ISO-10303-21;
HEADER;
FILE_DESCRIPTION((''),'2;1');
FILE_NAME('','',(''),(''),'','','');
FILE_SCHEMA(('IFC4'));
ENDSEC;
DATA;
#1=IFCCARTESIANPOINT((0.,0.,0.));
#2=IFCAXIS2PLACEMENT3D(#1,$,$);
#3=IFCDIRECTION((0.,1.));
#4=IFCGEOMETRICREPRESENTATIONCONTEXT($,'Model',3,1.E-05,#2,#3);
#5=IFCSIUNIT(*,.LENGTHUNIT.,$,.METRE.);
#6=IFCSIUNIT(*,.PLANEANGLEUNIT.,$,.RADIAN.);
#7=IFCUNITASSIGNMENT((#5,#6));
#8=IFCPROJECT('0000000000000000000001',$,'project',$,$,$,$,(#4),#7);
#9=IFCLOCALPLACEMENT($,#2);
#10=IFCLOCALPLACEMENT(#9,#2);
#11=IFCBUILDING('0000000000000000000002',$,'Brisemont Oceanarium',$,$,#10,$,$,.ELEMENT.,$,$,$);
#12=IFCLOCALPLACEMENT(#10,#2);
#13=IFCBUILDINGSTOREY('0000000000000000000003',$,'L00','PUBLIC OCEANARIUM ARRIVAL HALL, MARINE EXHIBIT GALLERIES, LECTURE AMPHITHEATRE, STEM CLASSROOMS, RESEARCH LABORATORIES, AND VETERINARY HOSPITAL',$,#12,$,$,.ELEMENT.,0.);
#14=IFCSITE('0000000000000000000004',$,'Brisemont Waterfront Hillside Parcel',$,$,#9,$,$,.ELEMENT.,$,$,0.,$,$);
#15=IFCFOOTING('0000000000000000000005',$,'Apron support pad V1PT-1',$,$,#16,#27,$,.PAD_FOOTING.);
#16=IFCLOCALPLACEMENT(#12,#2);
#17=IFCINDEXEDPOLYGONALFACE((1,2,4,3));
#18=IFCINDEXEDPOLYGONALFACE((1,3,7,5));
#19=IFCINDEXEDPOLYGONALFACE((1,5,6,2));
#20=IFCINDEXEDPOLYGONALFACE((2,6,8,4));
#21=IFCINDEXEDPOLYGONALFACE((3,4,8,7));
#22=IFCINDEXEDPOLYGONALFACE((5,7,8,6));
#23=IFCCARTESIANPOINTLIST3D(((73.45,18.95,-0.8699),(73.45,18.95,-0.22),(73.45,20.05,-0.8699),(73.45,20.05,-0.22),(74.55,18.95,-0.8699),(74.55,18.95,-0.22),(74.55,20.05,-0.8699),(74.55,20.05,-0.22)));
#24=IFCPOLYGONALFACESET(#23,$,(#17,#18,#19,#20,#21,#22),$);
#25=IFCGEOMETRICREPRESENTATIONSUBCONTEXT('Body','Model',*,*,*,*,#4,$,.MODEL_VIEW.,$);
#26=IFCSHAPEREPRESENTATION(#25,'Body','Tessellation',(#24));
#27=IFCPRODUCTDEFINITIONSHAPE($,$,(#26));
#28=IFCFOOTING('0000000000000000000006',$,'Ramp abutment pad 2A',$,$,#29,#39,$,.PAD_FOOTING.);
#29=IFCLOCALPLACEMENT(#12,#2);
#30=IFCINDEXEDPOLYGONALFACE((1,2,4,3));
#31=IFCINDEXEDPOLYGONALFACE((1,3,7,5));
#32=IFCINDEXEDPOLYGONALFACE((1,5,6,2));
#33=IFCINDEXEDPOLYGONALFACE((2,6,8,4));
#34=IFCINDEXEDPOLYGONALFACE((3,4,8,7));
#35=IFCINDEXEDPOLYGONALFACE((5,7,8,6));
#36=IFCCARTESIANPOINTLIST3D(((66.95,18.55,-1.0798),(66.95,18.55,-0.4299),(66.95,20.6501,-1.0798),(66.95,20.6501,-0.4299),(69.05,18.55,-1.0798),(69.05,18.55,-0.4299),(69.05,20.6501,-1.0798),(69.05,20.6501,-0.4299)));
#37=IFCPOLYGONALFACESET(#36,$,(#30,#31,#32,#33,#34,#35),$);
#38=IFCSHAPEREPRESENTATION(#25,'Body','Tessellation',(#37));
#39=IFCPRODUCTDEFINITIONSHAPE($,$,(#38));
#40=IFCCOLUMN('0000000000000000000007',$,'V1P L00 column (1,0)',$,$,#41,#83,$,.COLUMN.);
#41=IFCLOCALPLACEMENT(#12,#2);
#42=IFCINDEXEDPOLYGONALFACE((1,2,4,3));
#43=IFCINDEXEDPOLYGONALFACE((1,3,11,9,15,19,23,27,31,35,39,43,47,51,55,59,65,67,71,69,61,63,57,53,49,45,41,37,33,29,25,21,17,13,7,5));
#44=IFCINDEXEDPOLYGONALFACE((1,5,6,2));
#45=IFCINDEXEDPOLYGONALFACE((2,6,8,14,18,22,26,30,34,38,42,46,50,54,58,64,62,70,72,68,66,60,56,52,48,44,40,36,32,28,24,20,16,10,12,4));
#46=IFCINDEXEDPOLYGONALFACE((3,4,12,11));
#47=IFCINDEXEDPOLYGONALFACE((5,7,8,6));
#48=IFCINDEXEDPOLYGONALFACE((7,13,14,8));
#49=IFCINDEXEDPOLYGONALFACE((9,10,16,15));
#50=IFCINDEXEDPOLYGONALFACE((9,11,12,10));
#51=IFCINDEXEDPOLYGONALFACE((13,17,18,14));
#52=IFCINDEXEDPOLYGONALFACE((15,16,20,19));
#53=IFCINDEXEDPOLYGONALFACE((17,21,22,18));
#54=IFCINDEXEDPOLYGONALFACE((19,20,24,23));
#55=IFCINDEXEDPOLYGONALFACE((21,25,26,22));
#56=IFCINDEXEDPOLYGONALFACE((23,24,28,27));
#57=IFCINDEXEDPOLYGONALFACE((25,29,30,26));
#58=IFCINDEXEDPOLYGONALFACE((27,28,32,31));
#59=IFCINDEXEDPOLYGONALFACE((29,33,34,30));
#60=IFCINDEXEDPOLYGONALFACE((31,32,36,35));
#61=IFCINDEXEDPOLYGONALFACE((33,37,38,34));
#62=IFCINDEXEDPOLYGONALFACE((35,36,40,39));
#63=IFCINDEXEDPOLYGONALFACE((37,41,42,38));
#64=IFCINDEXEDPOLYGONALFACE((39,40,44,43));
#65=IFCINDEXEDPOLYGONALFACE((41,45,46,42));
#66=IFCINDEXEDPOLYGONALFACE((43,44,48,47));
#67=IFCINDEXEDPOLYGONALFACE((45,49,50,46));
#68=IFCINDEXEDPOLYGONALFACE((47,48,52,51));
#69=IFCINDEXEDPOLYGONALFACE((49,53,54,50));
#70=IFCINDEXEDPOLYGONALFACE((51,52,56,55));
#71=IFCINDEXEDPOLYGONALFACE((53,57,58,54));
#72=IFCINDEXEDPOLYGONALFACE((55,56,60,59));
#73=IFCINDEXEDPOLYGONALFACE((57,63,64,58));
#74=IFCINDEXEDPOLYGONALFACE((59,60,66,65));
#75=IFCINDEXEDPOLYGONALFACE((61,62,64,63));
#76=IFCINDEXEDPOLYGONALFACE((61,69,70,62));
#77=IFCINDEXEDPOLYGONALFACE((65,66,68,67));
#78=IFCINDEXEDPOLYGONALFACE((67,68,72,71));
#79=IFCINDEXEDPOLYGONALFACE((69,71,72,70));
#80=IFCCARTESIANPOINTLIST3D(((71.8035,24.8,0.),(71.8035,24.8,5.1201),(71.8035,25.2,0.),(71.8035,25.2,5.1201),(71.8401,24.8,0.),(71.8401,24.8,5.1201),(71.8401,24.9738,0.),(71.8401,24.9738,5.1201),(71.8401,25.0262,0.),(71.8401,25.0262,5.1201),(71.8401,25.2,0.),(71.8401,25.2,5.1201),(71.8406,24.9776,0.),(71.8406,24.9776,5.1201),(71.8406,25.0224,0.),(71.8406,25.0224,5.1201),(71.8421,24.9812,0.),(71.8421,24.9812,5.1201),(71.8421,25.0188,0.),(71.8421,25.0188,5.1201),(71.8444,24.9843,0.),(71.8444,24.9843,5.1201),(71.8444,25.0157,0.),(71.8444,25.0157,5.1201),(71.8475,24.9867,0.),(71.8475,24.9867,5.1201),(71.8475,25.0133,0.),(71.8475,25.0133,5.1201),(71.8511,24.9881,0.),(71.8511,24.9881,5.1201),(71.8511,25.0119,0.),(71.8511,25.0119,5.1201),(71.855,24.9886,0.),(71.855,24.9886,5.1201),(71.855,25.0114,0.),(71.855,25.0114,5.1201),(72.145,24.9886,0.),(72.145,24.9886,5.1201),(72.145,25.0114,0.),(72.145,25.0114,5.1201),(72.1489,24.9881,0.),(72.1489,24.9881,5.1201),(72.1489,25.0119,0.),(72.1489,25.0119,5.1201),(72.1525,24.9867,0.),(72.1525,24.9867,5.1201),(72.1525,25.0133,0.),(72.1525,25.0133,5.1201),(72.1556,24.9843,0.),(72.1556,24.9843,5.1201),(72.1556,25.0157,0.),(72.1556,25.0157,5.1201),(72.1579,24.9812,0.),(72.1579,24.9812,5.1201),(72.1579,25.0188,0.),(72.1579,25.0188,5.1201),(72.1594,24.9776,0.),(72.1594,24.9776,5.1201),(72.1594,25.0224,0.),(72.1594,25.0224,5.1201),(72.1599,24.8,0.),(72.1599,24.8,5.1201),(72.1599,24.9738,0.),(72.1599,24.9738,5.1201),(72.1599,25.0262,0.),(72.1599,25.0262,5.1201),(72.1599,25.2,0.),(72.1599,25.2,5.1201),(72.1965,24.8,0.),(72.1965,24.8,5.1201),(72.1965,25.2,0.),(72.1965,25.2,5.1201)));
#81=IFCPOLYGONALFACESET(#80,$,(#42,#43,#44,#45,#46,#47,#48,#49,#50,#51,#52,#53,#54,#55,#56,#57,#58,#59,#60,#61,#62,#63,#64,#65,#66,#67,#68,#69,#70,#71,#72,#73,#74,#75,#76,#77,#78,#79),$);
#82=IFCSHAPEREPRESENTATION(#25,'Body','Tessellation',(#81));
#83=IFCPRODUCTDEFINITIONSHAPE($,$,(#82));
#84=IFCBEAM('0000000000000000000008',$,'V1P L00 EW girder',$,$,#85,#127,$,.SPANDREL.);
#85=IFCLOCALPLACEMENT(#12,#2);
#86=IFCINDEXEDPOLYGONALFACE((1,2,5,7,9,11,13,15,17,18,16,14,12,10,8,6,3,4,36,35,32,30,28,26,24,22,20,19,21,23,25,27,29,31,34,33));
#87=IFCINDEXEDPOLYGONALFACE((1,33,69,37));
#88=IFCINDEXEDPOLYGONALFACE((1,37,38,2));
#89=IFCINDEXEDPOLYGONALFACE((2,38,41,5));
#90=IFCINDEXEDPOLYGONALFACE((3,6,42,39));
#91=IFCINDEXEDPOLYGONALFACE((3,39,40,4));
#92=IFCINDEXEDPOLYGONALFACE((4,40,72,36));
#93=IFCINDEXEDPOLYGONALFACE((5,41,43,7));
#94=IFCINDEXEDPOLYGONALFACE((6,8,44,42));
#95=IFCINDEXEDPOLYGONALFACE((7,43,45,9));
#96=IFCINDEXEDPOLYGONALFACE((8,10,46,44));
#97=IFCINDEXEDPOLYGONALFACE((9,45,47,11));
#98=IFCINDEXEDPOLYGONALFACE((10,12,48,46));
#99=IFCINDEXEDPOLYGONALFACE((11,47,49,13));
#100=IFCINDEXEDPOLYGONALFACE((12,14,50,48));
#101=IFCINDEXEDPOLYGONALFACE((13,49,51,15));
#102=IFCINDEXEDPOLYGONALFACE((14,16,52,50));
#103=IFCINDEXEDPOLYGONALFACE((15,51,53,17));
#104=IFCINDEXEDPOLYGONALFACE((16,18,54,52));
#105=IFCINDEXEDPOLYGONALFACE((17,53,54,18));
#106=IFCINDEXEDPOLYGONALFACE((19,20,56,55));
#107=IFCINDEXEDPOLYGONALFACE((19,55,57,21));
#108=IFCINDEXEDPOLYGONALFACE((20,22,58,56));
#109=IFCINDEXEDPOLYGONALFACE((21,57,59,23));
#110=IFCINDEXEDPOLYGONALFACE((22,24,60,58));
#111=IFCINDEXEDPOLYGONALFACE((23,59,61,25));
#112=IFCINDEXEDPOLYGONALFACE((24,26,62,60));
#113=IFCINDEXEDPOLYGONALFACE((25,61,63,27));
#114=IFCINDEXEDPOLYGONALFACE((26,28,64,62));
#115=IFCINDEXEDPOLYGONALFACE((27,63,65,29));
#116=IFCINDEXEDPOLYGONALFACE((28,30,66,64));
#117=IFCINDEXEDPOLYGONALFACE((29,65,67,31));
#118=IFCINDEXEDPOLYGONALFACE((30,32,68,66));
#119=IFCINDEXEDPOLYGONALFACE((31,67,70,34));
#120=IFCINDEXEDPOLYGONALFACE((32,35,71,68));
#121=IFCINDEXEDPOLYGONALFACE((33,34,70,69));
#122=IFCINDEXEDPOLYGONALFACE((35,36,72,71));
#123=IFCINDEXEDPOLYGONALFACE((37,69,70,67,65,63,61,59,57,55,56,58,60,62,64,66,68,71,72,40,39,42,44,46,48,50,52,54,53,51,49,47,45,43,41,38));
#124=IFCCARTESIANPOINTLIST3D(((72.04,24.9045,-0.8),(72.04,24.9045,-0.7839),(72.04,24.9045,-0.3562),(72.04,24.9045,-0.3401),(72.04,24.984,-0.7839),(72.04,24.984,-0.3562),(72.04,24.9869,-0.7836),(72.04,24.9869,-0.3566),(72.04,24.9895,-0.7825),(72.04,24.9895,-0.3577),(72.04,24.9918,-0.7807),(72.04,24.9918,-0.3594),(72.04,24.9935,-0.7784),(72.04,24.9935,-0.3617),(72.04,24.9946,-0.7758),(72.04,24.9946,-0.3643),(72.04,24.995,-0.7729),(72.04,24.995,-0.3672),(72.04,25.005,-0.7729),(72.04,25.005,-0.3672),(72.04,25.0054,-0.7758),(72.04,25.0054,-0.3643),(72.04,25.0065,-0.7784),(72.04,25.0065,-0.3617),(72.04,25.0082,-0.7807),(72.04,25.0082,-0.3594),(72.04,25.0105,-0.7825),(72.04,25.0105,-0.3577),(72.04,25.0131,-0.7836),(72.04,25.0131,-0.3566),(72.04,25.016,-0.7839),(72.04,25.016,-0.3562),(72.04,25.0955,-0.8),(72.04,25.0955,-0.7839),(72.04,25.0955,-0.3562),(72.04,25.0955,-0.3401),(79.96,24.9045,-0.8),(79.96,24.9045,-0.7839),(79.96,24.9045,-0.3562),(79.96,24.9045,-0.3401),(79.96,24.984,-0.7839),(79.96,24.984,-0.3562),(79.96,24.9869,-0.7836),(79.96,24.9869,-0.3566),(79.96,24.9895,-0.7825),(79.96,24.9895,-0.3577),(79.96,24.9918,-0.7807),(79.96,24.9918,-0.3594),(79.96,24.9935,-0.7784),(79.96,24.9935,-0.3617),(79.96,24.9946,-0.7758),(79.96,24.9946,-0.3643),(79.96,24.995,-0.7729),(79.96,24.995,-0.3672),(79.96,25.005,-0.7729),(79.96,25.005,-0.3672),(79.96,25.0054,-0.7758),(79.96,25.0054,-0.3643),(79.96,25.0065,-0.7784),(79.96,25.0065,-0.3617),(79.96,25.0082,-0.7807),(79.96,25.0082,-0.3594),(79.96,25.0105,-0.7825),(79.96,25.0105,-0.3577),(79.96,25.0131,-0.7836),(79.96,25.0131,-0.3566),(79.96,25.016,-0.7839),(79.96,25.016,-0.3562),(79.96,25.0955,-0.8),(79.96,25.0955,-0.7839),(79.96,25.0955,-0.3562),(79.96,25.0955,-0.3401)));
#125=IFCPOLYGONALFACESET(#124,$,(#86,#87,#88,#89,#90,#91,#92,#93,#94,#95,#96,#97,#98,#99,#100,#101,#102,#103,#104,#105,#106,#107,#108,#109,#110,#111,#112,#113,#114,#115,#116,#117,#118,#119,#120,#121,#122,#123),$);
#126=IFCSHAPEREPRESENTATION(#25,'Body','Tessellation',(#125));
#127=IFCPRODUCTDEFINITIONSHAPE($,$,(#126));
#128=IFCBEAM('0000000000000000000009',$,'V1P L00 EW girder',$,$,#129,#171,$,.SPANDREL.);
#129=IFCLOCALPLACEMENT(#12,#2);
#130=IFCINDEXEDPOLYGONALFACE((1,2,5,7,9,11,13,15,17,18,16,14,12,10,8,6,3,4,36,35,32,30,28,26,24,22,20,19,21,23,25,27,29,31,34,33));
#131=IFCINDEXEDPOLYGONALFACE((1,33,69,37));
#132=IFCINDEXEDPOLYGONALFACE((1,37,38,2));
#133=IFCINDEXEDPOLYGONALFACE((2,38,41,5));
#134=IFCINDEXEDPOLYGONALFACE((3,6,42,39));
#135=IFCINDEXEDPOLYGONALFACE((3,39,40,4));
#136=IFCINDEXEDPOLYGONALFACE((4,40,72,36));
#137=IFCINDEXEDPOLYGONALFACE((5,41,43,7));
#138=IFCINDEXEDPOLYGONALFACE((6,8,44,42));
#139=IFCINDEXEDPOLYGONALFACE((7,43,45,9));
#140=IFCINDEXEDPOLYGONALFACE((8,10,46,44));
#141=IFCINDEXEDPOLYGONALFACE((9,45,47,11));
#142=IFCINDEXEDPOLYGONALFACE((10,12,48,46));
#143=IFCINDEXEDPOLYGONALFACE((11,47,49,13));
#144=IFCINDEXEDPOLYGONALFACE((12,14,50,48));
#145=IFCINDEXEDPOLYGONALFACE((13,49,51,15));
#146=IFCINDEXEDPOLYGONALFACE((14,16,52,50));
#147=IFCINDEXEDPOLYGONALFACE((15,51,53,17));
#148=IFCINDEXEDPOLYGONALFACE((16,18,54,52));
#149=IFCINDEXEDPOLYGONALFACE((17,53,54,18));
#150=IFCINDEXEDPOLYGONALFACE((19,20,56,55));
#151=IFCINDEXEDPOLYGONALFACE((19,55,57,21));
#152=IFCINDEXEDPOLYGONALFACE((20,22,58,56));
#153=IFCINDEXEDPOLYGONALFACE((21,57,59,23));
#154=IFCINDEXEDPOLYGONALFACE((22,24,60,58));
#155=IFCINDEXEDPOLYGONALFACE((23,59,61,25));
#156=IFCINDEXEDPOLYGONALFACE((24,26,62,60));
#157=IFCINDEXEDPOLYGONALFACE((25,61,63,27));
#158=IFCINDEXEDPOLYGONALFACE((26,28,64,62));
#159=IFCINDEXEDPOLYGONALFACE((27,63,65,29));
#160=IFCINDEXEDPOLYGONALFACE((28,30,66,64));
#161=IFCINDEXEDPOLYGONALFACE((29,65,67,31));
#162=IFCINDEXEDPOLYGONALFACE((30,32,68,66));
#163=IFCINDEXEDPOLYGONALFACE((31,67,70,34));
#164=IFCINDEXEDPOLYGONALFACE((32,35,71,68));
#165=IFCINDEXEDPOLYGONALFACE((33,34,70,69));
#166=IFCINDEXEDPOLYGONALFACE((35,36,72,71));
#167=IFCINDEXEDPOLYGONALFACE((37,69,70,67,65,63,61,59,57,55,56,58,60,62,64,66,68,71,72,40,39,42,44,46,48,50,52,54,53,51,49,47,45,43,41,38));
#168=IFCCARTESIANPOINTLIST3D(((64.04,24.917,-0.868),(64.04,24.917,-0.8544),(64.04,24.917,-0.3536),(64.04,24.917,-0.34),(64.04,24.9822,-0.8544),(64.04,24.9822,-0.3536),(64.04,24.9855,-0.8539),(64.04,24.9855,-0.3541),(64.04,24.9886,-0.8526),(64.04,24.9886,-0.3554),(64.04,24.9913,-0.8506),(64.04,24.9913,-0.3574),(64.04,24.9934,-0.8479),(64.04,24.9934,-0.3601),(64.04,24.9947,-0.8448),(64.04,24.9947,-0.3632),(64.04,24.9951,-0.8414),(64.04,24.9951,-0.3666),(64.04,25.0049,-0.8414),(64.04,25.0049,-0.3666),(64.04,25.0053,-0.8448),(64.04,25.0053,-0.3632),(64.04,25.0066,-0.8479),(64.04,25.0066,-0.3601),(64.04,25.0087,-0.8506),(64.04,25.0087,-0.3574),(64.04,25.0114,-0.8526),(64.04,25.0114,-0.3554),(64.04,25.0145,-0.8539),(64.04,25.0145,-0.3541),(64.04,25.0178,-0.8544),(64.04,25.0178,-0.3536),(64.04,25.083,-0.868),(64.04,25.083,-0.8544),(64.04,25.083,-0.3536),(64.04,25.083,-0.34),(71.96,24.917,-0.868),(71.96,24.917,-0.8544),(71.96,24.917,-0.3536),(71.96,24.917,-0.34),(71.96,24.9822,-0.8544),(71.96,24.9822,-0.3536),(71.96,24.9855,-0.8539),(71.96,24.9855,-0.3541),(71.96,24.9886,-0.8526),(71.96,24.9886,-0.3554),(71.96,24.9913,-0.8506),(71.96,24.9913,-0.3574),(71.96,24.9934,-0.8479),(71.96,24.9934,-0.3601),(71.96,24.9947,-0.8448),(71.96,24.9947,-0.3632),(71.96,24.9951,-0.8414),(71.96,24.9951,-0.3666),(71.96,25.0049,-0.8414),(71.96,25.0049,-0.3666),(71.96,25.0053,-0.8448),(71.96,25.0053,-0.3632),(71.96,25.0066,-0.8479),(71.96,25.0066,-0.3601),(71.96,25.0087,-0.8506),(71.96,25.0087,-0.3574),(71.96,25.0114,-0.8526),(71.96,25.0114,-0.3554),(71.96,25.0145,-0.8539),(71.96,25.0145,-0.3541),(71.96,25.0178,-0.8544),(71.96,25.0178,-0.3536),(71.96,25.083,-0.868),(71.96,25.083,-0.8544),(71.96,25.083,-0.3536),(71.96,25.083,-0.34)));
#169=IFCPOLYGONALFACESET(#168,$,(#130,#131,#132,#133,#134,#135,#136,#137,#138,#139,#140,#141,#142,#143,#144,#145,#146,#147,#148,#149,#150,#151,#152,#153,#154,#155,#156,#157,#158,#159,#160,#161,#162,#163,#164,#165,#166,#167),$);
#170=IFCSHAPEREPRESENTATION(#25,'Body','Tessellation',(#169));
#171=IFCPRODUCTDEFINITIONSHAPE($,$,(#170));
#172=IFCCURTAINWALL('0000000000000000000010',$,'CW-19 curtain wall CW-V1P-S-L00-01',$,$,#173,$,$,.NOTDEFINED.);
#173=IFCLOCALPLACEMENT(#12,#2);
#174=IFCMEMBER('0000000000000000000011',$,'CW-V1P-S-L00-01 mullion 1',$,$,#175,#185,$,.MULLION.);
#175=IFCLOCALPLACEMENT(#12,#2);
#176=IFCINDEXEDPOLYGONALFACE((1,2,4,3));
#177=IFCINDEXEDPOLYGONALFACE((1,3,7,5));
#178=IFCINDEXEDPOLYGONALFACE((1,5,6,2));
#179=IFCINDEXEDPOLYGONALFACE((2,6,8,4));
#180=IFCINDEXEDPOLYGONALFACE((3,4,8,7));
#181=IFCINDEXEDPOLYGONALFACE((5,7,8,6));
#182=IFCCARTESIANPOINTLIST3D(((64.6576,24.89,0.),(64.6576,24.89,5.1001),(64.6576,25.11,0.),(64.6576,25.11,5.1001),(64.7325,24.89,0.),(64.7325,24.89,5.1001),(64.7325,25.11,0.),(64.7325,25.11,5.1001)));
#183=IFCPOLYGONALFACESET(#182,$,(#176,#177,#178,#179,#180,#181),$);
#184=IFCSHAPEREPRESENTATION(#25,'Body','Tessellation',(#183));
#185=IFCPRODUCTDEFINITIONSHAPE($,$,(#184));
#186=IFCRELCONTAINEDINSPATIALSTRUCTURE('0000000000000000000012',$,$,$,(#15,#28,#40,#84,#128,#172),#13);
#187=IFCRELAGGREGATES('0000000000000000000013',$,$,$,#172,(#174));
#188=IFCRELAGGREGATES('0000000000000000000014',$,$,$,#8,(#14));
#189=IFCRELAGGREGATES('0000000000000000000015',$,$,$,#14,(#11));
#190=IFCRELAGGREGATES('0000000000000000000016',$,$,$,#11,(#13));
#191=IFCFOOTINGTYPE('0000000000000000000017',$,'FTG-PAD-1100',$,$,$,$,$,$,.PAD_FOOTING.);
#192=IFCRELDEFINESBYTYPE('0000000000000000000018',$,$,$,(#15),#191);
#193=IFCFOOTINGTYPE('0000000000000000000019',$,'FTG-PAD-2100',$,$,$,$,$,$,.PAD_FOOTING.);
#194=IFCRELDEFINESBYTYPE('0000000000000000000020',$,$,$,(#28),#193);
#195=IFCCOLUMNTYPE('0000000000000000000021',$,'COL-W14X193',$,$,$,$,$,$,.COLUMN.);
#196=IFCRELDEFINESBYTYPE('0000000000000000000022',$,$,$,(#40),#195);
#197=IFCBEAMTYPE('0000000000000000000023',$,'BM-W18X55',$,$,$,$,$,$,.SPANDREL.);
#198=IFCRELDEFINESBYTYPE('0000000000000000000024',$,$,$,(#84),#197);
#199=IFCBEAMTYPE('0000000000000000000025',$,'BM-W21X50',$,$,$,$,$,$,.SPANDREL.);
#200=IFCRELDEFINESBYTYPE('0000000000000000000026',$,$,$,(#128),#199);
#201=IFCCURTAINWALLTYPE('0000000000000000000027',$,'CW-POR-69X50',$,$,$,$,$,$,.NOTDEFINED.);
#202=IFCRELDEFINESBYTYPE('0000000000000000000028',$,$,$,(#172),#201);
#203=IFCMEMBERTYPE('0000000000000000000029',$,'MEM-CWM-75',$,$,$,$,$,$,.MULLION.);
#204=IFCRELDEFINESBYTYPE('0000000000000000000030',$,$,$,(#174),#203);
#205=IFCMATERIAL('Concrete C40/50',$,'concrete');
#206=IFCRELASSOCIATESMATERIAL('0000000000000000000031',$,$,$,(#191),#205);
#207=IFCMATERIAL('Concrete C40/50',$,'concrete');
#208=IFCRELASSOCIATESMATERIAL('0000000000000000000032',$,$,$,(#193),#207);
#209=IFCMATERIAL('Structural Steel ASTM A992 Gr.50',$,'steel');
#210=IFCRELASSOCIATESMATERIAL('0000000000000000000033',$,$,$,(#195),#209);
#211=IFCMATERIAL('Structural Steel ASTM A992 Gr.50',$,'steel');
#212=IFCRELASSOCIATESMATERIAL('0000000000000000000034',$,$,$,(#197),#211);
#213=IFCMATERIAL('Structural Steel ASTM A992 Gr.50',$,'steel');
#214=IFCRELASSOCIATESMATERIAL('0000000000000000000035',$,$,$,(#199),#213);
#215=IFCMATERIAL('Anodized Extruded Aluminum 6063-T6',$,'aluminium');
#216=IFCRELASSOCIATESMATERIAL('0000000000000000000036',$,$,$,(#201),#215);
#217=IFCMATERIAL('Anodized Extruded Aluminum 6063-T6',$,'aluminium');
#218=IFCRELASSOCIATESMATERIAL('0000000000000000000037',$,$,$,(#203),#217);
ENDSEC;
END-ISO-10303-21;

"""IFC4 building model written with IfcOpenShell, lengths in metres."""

from ifc_helpers import new_model, si_unit, direction, frame, origin, origin_2d, place, context, subcontext, project, spatial, rectangle, i_section, extrude, material, material_profile, profile_set, type_object, element, aggregate, save


model = new_model("IFC4")

# Units and contexts
model_context = context("Model", 3, precision=1e-05, world=origin(), true_north=direction((0.0, 1.0)))
body_context = subcontext(model_context, "Body", "Model", "MODEL_VIEW")
ifc_project = project(units=[si_unit("LENGTHUNIT", "METRE"), si_unit("PLANEANGLEUNIT", "RADIAN")], contexts=[model_context])

# Site, building, storey
site_placement = place(None, origin())
site = spatial("IfcSite", under=ifc_project, at=site_placement, Name="Brisemont Waterfront Hillside Parcel", CompositionType="ELEMENT", RefElevation=0.0)
building_placement = place(site_placement, origin())
building = spatial("IfcBuilding", under=site, at=building_placement, Name="Brisemont Oceanarium", CompositionType="ELEMENT")
storey_placement = place(building_placement, origin())
storey = spatial("IfcBuildingStorey", under=building, at=storey_placement, Name="L00", Description="PUBLIC OCEANARIUM ARRIVAL HALL, MARINE EXHIBIT GALLERIES, LECTURE AMPHITHEATRE, STEM CLASSROOMS, RESEARCH LABORATORIES, AND VETERINARY HOSPITAL", CompositionType="ELEMENT", Elevation=0.0)

# Footings
ifc_material_1 = material(Name="Concrete C40/50", Category="concrete")
footing_type_1 = type_object("IfcFootingType", Name="FTG-PAD-1100", PredefinedType="PAD_FOOTING", material=ifc_material_1)
footing_1_placement = place(storey_placement, frame((74.0, 19.5, -0.8699), z_axis=(0.0, 0.0, 1.0), x_axis=(1.0, 0.0, 0.0)))
element("IfcFooting", 1, at=footing_1_placement, inside=storey, type_object=footing_type_1, Name="Apron support pad V1PT-1", PredefinedType="PAD_FOOTING", context=body_context, shape_type="SweptSolid", body=[
    extrude(rectangle(XDim=1.1001, YDim=1.1001, at=origin_2d()), origin(), (0.0, 0.0, 1.0), 0.6499),
])
ifc_material_2 = material(Name="Concrete C40/50", Category="concrete")
footing_type_2 = type_object("IfcFootingType", Name="FTG-PAD-2100", PredefinedType="PAD_FOOTING", material=ifc_material_2)
footing_2_placement = place(storey_placement, frame((68.0, 19.6001, -1.0798), z_axis=(0.0, 0.0, 1.0), x_axis=(1.0, 0.0, 0.0)))
element("IfcFooting", 2, at=footing_2_placement, inside=storey, type_object=footing_type_2, Name="Ramp abutment pad 2A", PredefinedType="PAD_FOOTING", context=body_context, shape_type="SweptSolid", body=[
    extrude(rectangle(XDim=2.1001, YDim=2.1001, at=origin_2d()), origin(), (0.0, 0.0, 1.0), 0.6499),
])

# Column
ifc_material_3 = material(Name="Structural Steel ASTM A992 Gr.50", Category="steel")
ifc_material_profile_1 = material_profile(ifc_material_3, i_section(OverallWidth=0.3999, OverallDepth=0.3931, WebThickness=0.0227, FlangeThickness=0.0366, FilletRadius=0.0149, at=origin_2d()), Name="W14X193")
ifc_profile_set_1 = profile_set([ifc_material_profile_1], Name="Structural Steel ASTM A992 Gr.50")
column_type = type_object("IfcColumnType", Name="COL-W14X193", PredefinedType="COLUMN", material=ifc_profile_set_1)
column_placement = place(storey_placement, frame((72.0, 25.0, 0.0), z_axis=(0.0, 0.0, 1.0), x_axis=(0.0, 1.0, 0.0)))
element("IfcColumn", 3, at=column_placement, inside=storey, type_object=column_type, Name="V1P L00 column (1,0)", PredefinedType="COLUMN", context=body_context, shape_type="SweptSolid", body=[
    extrude(i_section(OverallWidth=0.3999, OverallDepth=0.3931, WebThickness=0.0227, FlangeThickness=0.0366, FilletRadius=0.0149, at=origin_2d()), origin(), (0.0, 0.0, 1.0), 5.1201),
])

# Beams
ifc_material_4 = material(Name="Structural Steel ASTM A992 Gr.50", Category="steel")
ifc_material_profile_2 = material_profile(ifc_material_4, i_section(OverallWidth=0.1909, OverallDepth=0.46, WebThickness=0.01, FlangeThickness=0.0161, FilletRadius=0.011, at=origin_2d()), Name="W18X55")
ifc_profile_set_2 = profile_set([ifc_material_profile_2], Name="Structural Steel ASTM A992 Gr.50")
beam_type_1 = type_object("IfcBeamType", Name="BM-W18X55", PredefinedType="SPANDREL", material=ifc_profile_set_2)
beam_1_placement = place(storey_placement, frame((72.04, 25.0, -0.5701), z_axis=(1.0, 0.0, 0.0), x_axis=(0.0, 1.0, 0.0)))
element("IfcBeam", 4, at=beam_1_placement, inside=storey, type_object=beam_type_1, Name="V1P L00 EW girder", PredefinedType="SPANDREL", context=body_context, shape_type="SweptSolid", body=[
    extrude(i_section(OverallWidth=0.1909, OverallDepth=0.46, WebThickness=0.01, FlangeThickness=0.0161, FilletRadius=0.011, at=origin_2d()), origin(), (0.0, 0.0, 1.0), 7.9199),
])
ifc_material_5 = material(Name="Structural Steel ASTM A992 Gr.50", Category="steel")
ifc_material_profile_3 = material_profile(ifc_material_5, i_section(OverallWidth=0.166, OverallDepth=0.5281, WebThickness=0.0098, FlangeThickness=0.0137, FilletRadius=0.0129, at=origin_2d()), Name="W21X50")
ifc_profile_set_3 = profile_set([ifc_material_profile_3], Name="Structural Steel ASTM A992 Gr.50")
beam_type_2 = type_object("IfcBeamType", Name="BM-W21X50", PredefinedType="SPANDREL", material=ifc_profile_set_3)
beam_2_placement = place(storey_placement, frame((64.04, 25.0, -0.604), z_axis=(1.0, 0.0, 0.0), x_axis=(0.0, 1.0, 0.0)))
element("IfcBeam", 5, at=beam_2_placement, inside=storey, type_object=beam_type_2, Name="V1P L00 EW girder", PredefinedType="SPANDREL", context=body_context, shape_type="SweptSolid", body=[
    extrude(i_section(OverallWidth=0.166, OverallDepth=0.5281, WebThickness=0.0098, FlangeThickness=0.0137, FilletRadius=0.0129, at=origin_2d()), origin(), (0.0, 0.0, 1.0), 7.9199),
])

# Curtain wall, member
ifc_material_6 = material(Name="Anodized Extruded Aluminum 6063-T6", Category="aluminium")
curtain_wall_type = type_object("IfcCurtainWallType", Name="CW-POR-69X50", PredefinedType="NOTDEFINED", material=ifc_material_6)
curtain_wall_1_placement = place(storey_placement, origin())
curtain_wall_1 = element("IfcCurtainWall", 6, at=curtain_wall_1_placement, inside=storey, type_object=curtain_wall_type, Name="CW-19 curtain wall CW-V1P-S-L00-01", PredefinedType="NOTDEFINED")
ifc_material_7 = material(Name="Anodized Extruded Aluminum 6063-T6", Category="aluminium")
ifc_material_profile_4 = material_profile(ifc_material_7, rectangle(XDim=0.075, YDim=0.22, at=origin_2d()), Name="CWM-75X220")
ifc_profile_set_4 = profile_set([ifc_material_profile_4], Name="Anodized Extruded Aluminum 6063-T6")
member_type_1 = type_object("IfcMemberType", Name="MEM-CWM-75", PredefinedType="MULLION", material=ifc_profile_set_4)
member_1_placement = place(storey_placement, frame((64.6951, 25.0, 0.0), z_axis=(0.0, 0.0, 1.0), x_axis=(1.0, 0.0, 0.0)))
member_1 = element("IfcMember", 7, at=member_1_placement, type_object=member_type_1, Name="CW-V1P-S-L00-01 mullion 1", PredefinedType="MULLION", context=body_context, shape_type="SweptSolid", body=[
    extrude(rectangle(XDim=0.075, YDim=0.22, at=origin_2d()), origin(), (0.0, 0.0, 1.0), 5.1001),
])

aggregate(curtain_wall_1, [member_1])

save(model, "model.ifc")
